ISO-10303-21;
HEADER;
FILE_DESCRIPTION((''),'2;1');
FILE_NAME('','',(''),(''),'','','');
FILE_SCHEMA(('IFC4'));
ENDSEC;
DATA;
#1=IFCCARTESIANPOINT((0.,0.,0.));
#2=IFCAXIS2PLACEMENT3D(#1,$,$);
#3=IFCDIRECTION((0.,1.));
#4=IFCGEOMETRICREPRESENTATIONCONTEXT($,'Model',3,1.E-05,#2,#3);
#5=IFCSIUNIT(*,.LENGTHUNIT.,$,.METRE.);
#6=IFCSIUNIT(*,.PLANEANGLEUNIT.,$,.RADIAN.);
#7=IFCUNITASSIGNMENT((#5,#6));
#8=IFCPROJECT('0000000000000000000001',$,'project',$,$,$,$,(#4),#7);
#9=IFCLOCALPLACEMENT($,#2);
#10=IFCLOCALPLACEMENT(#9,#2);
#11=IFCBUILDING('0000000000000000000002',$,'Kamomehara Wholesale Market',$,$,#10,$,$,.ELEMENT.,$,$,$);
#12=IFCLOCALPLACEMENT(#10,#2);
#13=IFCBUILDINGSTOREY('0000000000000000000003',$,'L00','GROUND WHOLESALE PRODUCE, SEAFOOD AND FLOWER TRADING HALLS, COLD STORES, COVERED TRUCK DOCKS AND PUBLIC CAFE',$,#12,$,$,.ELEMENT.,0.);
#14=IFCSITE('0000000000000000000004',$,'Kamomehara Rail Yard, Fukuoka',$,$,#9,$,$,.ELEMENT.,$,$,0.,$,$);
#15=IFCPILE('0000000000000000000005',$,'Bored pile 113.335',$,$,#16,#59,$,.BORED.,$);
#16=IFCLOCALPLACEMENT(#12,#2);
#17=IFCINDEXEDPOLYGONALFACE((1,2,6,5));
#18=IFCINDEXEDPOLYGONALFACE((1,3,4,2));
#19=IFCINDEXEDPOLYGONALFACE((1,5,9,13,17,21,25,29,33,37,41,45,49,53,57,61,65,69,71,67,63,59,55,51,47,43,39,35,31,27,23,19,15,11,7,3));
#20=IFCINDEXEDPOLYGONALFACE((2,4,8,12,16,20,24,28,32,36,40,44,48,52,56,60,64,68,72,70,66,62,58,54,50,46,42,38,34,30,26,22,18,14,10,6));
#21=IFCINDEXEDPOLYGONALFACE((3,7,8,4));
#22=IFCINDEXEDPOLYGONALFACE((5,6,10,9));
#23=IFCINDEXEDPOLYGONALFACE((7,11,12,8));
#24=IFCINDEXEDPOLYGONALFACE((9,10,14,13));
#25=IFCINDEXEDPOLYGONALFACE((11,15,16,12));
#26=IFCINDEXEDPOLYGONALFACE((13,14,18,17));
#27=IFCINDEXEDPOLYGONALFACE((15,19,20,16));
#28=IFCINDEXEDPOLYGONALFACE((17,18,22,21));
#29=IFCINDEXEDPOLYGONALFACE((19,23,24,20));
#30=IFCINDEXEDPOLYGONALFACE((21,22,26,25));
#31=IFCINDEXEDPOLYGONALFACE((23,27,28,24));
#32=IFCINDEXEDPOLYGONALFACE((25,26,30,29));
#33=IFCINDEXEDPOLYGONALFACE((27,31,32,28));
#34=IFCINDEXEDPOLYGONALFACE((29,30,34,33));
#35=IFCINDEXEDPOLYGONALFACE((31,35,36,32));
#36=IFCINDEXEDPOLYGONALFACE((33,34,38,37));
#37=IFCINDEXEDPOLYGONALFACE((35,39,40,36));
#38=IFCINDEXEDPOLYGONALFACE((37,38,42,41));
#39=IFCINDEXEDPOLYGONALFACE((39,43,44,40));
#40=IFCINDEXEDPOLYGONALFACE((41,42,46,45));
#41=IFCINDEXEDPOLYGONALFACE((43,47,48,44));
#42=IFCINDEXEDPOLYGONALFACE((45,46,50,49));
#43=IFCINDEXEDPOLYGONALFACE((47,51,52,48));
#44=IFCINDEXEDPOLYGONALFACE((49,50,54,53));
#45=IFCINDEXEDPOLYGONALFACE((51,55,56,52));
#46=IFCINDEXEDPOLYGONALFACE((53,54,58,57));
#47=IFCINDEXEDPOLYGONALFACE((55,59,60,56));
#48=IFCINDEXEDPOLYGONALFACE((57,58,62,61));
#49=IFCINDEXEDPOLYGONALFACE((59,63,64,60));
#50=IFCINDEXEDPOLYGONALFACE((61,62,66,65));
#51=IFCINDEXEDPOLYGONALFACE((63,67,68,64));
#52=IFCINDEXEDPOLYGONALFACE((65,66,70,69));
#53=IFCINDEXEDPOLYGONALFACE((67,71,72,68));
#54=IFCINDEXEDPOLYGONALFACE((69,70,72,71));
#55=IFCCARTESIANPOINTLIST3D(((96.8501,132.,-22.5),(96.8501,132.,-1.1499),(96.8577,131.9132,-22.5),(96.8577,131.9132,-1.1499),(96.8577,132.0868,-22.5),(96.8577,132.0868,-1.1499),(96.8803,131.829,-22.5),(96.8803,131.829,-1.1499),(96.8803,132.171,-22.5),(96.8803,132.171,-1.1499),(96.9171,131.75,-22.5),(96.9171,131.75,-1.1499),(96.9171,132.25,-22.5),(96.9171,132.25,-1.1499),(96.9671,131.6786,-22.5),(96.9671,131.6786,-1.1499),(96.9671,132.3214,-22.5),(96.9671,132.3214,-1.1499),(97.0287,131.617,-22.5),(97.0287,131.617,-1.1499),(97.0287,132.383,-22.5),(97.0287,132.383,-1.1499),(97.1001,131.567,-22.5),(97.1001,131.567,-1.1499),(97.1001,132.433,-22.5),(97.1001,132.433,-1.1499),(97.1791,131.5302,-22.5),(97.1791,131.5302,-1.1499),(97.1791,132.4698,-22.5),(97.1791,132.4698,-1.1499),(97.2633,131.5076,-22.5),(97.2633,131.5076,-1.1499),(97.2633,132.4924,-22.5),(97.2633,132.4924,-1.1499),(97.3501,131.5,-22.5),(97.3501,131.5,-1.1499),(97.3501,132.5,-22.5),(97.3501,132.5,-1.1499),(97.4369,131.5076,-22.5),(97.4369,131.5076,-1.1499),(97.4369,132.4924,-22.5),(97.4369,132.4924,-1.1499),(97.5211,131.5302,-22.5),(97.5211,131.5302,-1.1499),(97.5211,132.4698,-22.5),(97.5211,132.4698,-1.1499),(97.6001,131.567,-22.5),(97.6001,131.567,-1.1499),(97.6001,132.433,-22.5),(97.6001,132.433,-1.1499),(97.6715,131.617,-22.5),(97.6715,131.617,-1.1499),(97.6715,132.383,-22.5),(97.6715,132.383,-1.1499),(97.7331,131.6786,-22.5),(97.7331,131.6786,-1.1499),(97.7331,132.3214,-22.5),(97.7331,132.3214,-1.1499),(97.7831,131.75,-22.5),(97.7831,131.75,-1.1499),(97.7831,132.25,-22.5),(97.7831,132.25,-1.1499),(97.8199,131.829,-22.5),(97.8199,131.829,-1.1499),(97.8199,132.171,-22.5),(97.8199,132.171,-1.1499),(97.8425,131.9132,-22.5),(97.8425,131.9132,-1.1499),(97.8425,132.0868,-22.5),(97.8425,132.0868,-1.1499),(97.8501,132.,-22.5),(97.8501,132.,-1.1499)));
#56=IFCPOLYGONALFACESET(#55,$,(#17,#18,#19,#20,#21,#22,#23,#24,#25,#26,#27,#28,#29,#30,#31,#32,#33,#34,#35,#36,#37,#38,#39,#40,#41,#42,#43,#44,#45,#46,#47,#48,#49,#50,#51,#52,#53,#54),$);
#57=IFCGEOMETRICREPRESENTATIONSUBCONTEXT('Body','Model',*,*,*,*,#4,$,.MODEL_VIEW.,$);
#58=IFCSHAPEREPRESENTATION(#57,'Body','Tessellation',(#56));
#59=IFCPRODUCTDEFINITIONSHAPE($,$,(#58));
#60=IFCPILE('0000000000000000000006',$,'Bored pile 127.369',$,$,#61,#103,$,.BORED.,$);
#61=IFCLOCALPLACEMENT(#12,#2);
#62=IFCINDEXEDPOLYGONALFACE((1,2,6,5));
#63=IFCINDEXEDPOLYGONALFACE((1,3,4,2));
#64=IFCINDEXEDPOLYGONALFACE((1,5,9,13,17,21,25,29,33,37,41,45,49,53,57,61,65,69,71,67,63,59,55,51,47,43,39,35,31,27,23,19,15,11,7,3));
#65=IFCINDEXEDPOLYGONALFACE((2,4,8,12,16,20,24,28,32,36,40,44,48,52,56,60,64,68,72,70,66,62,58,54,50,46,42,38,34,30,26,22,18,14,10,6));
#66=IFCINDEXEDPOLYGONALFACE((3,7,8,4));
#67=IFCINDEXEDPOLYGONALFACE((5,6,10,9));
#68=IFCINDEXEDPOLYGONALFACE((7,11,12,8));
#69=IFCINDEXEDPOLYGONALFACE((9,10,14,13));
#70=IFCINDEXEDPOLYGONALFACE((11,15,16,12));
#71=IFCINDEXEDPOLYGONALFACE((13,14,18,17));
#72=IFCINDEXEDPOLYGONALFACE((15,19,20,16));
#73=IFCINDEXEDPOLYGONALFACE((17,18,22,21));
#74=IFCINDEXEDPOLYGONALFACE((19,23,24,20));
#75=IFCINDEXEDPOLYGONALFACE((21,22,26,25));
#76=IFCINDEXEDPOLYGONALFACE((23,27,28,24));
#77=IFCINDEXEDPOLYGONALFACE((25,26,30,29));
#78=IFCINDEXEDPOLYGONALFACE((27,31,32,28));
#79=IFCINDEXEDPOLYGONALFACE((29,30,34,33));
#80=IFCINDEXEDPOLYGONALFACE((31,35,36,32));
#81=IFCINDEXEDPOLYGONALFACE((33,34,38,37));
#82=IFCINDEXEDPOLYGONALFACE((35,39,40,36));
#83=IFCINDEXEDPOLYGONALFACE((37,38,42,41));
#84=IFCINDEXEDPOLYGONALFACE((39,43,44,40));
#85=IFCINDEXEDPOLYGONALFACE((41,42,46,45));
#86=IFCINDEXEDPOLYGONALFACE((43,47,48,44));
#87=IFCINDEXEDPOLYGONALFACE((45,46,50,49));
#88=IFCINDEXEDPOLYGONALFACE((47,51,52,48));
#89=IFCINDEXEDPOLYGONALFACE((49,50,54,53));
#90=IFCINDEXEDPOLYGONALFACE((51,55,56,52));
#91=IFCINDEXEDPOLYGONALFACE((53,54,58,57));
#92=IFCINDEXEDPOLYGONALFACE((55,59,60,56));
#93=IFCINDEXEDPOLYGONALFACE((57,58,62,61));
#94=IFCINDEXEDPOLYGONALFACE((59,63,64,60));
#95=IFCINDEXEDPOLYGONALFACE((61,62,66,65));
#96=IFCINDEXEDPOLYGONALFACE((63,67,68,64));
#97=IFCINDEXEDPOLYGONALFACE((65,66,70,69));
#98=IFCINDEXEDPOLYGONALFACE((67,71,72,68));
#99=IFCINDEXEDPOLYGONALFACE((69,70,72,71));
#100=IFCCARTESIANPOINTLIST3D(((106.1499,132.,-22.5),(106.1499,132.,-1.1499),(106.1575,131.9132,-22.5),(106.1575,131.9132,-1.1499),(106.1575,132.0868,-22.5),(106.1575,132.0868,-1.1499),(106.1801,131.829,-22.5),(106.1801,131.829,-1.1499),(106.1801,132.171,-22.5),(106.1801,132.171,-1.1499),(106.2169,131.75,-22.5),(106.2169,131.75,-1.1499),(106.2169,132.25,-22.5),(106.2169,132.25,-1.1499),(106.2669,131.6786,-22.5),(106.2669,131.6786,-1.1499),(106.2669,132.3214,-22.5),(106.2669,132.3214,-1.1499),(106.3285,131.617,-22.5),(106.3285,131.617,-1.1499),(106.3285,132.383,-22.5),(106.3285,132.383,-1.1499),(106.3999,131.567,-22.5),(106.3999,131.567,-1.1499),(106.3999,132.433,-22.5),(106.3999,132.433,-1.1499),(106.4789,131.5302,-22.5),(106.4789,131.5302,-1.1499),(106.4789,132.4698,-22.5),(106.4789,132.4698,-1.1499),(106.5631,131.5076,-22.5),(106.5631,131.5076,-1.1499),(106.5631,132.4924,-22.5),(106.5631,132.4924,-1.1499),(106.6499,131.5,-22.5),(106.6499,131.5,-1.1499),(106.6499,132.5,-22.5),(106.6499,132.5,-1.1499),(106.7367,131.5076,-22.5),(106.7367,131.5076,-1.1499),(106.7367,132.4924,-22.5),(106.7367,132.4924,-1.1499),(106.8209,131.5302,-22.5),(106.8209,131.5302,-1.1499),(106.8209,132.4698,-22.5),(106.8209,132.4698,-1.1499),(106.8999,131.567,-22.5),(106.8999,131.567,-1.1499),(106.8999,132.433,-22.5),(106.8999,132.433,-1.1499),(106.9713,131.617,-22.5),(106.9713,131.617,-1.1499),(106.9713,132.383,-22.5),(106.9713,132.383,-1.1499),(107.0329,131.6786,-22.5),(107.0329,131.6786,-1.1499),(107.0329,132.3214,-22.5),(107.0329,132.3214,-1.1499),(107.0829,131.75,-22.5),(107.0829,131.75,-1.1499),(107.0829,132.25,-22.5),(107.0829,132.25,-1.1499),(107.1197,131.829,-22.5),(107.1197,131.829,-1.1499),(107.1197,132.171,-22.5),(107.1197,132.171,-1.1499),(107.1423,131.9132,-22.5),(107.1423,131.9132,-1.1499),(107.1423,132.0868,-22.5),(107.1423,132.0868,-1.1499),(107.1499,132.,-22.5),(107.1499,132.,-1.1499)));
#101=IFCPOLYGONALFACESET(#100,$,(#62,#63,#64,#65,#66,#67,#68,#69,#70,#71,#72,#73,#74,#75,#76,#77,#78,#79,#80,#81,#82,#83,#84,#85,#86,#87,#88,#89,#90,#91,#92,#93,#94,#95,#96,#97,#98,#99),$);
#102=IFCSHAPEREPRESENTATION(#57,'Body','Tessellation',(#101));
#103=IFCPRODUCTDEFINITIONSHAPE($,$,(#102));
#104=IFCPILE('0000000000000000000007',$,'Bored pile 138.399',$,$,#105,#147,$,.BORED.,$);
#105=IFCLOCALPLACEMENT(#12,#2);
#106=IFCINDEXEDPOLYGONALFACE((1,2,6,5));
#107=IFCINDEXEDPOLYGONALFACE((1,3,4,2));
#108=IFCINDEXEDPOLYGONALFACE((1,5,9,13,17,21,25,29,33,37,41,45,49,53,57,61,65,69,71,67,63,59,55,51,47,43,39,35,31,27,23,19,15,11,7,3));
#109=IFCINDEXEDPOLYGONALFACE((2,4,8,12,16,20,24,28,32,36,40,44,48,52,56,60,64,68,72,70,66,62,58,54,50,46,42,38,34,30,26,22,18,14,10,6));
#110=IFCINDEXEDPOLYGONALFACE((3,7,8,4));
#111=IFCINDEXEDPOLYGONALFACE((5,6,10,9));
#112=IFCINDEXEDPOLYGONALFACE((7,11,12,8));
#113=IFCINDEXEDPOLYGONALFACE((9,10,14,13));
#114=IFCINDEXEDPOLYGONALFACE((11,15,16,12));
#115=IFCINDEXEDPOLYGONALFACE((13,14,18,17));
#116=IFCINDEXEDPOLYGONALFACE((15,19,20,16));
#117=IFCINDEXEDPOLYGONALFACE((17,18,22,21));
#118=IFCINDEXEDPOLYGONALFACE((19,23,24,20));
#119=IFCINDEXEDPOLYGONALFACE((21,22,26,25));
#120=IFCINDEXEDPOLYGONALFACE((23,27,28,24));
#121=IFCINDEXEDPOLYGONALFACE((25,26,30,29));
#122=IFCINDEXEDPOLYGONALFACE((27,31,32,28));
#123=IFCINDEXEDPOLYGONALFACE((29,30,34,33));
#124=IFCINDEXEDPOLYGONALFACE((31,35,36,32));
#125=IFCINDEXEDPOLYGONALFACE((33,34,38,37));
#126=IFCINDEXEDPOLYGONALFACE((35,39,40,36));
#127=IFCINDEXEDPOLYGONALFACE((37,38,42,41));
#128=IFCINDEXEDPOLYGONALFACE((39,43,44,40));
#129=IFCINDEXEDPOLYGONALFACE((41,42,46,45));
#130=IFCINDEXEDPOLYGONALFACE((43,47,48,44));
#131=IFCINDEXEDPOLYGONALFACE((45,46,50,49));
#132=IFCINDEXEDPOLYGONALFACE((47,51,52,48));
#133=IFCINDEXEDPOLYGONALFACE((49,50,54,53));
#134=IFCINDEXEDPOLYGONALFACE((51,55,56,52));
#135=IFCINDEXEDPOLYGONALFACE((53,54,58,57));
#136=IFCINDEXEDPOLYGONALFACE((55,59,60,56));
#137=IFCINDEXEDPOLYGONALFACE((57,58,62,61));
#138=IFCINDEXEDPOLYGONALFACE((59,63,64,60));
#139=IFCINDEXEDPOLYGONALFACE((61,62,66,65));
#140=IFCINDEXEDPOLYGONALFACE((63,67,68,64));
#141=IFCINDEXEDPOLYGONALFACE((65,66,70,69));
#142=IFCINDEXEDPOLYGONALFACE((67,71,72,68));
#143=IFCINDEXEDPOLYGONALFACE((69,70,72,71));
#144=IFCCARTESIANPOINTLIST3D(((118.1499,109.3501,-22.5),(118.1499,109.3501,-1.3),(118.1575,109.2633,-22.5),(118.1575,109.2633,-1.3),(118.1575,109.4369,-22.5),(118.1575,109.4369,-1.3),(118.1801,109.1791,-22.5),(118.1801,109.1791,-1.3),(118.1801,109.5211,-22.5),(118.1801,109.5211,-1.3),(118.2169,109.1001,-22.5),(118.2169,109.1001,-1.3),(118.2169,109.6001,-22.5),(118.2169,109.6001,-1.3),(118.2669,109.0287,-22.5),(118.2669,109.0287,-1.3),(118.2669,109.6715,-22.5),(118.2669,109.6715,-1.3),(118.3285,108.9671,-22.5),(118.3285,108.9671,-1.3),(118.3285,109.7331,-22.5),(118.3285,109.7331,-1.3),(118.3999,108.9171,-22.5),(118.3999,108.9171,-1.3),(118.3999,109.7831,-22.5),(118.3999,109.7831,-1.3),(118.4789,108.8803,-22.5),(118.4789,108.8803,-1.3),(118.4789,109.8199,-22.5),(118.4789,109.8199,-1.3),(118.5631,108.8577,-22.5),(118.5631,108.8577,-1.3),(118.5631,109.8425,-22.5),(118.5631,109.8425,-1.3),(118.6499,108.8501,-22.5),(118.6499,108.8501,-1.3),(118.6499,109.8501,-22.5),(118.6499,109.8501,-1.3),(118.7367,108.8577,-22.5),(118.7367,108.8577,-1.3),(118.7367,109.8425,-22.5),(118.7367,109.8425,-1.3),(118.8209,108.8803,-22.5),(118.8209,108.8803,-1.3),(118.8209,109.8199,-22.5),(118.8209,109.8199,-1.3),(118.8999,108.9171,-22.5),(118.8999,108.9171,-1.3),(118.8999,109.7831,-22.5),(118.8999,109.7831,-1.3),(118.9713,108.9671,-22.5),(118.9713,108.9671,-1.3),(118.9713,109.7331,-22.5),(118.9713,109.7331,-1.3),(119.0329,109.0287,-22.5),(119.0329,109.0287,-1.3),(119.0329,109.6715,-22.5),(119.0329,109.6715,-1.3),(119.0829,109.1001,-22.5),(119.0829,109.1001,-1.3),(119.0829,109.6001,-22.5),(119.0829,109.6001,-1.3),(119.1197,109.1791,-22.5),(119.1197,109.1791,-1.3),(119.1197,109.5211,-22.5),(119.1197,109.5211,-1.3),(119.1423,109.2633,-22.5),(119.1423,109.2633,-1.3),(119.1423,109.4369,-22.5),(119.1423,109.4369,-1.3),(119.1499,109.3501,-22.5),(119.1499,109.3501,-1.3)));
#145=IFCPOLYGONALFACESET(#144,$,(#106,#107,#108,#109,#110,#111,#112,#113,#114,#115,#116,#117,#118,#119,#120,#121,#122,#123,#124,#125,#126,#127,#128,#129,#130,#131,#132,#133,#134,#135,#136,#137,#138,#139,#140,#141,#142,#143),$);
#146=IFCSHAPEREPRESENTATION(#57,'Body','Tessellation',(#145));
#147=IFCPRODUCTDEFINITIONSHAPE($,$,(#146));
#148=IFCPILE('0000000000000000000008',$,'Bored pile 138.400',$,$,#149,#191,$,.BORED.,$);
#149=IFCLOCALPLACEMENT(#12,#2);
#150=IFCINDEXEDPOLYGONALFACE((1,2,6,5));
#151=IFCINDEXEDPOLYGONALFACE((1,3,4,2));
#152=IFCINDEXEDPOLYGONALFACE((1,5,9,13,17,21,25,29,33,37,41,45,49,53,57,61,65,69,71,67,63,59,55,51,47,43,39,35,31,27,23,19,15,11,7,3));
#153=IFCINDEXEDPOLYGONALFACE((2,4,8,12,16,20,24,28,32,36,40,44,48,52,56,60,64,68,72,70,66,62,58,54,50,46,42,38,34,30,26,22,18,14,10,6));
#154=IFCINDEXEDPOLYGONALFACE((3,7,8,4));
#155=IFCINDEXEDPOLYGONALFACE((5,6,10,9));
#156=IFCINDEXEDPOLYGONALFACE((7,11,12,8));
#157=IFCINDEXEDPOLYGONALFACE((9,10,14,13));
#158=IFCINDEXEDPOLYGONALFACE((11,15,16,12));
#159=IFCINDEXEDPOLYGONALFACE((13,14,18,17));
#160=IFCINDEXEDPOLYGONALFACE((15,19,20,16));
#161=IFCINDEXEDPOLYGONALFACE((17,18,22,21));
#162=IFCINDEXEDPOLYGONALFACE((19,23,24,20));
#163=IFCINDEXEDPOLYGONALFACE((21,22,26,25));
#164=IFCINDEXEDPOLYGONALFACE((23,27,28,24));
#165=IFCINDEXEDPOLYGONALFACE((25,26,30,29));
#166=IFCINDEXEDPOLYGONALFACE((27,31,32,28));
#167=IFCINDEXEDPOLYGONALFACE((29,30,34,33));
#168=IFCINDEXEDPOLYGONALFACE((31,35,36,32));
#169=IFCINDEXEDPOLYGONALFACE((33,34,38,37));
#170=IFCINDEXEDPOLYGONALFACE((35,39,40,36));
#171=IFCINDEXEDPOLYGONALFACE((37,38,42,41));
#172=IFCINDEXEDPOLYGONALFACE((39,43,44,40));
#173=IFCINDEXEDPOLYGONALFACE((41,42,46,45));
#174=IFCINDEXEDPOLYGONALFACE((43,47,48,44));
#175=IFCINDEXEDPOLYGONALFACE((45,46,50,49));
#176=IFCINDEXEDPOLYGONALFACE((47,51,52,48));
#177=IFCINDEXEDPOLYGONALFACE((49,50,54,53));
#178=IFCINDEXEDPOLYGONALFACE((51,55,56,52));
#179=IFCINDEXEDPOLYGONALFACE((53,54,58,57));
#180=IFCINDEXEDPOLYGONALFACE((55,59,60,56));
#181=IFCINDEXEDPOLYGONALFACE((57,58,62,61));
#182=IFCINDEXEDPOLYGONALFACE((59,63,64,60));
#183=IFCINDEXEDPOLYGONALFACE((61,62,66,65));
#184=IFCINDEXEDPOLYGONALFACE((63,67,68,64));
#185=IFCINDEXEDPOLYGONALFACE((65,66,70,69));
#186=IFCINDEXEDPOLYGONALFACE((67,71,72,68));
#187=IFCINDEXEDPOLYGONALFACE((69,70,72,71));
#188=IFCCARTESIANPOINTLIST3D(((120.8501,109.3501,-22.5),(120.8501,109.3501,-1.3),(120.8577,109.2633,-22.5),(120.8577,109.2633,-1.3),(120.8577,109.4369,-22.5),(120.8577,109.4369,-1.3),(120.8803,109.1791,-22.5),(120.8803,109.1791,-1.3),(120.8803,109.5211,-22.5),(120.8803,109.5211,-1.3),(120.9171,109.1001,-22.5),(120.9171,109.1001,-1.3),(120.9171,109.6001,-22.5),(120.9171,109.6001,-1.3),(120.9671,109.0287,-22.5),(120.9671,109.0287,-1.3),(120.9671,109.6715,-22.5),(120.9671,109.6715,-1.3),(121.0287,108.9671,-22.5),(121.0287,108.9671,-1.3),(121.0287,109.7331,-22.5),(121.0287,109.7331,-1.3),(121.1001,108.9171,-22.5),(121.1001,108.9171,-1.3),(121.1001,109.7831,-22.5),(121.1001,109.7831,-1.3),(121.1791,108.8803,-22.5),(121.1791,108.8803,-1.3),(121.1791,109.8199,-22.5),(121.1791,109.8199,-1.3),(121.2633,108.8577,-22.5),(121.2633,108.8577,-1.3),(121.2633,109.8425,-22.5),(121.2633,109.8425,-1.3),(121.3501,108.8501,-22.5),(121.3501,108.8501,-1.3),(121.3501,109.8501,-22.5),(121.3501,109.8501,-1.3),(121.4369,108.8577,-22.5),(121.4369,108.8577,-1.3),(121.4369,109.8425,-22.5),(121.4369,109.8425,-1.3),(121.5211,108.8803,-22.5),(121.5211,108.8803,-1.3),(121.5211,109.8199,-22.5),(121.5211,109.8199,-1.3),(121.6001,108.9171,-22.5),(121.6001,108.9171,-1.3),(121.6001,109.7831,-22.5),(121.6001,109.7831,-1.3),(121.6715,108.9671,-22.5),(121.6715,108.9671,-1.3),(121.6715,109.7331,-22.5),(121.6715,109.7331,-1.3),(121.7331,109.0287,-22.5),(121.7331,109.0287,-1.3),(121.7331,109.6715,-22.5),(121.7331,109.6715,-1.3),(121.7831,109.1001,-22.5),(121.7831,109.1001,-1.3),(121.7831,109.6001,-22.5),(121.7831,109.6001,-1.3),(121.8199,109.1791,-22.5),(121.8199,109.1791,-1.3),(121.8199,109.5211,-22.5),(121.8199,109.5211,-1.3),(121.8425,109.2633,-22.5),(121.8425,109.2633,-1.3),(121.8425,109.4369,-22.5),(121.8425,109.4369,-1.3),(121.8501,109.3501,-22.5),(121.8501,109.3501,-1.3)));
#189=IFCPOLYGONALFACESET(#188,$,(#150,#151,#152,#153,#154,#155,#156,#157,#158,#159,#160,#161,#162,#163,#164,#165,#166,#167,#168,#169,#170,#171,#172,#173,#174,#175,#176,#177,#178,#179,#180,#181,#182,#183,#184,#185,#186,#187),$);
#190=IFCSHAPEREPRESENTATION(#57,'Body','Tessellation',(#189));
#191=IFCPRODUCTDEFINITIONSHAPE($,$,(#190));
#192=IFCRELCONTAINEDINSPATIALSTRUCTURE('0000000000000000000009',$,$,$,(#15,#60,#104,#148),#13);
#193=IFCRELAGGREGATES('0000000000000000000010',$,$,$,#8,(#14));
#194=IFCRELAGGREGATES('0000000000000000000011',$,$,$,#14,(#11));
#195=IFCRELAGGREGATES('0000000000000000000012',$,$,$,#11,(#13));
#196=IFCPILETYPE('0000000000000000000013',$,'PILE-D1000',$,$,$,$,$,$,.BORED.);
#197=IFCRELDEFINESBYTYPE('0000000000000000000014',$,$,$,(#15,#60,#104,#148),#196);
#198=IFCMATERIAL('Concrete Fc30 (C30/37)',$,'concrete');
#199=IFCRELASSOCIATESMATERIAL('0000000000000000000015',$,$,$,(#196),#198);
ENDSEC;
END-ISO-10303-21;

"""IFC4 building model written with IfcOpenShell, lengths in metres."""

from ifc_helpers import new_model, si_unit, direction, frame, origin, origin_2d, place, context, subcontext, project, spatial, circle, extrude, material, material_profile, profile_set, type_object, element, save


model = new_model("IFC4")

# Units and contexts
model_context = context("Model", 3, precision=1e-05, world=origin(), true_north=direction((0.0, 1.0)))
body_context = subcontext(model_context, "Body", "Model", "MODEL_VIEW")
ifc_project = project(units=[si_unit("LENGTHUNIT", "METRE"), si_unit("PLANEANGLEUNIT", "RADIAN")], contexts=[model_context])

# Site, building, storey
site_placement = place(None, origin())
site = spatial("IfcSite", under=ifc_project, at=site_placement, Name="Kamomehara Rail Yard, Fukuoka", CompositionType="ELEMENT", RefElevation=0.0)
building_placement = place(site_placement, origin())
building = spatial("IfcBuilding", under=site, at=building_placement, Name="Kamomehara Wholesale Market", CompositionType="ELEMENT")
storey_placement = place(building_placement, origin())
storey = spatial("IfcBuildingStorey", under=building, at=storey_placement, Name="L00", Description="GROUND WHOLESALE PRODUCE, SEAFOOD AND FLOWER TRADING HALLS, COLD STORES, COVERED TRUCK DOCKS AND PUBLIC CAFE", CompositionType="ELEMENT", Elevation=0.0)

# Piles
ifc_material_1 = material(Name="Concrete Fc30 (C30/37)", Category="concrete")
ifc_material_profile_1 = material_profile(ifc_material_1, circle(Radius=0.5, at=origin_2d()), Name="RC-PILE-D1000")
ifc_profile_set_1 = profile_set([ifc_material_profile_1], Name="Concrete Fc30 (C30/37)")
pile_type_1 = type_object("IfcPileType", Name="PILE-D1000", PredefinedType="BORED", material=ifc_profile_set_1)
for number, where, z_axis, x_axis, name in (
    (1, (97.3501, 132.0, -1.1499), (0.0, 0.0, -1.0), (1.0, 0.0, 0.0), "Bored pile 113.335"),
    (2, (106.6499, 132.0, -1.1499), (0.0, 0.0, -1.0), (1.0, 0.0, 0.0), "Bored pile 127.369"),
):
    element("IfcPile", number, at=place(storey_placement, frame(where, z_axis=z_axis, x_axis=x_axis)), inside=storey, type_object=pile_type_1, Name=name, PredefinedType="BORED", context=body_context, shape_type="SweptSolid", body=[
        extrude(circle(Radius=0.5, at=origin_2d()), origin(), (0.0, 0.0, 1.0), 21.3501),
    ])
for number, where, z_axis, x_axis, name in (
    (3, (118.6499, 109.3501, -1.3), (0.0, 0.0, -1.0), (1.0, 0.0, 0.0), "Bored pile 138.399"),
    (4, (121.3501, 109.3501, -1.3), (0.0, 0.0, -1.0), (1.0, 0.0, 0.0), "Bored pile 138.400"),
):
    element("IfcPile", number, at=place(storey_placement, frame(where, z_axis=z_axis, x_axis=x_axis)), inside=storey, type_object=pile_type_1, Name=name, PredefinedType="BORED", context=body_context, shape_type="SweptSolid", body=[
        extrude(circle(Radius=0.5, at=origin_2d()), origin(), (0.0, 0.0, 1.0), 21.2),
    ])

save(model, "model.ifc")
